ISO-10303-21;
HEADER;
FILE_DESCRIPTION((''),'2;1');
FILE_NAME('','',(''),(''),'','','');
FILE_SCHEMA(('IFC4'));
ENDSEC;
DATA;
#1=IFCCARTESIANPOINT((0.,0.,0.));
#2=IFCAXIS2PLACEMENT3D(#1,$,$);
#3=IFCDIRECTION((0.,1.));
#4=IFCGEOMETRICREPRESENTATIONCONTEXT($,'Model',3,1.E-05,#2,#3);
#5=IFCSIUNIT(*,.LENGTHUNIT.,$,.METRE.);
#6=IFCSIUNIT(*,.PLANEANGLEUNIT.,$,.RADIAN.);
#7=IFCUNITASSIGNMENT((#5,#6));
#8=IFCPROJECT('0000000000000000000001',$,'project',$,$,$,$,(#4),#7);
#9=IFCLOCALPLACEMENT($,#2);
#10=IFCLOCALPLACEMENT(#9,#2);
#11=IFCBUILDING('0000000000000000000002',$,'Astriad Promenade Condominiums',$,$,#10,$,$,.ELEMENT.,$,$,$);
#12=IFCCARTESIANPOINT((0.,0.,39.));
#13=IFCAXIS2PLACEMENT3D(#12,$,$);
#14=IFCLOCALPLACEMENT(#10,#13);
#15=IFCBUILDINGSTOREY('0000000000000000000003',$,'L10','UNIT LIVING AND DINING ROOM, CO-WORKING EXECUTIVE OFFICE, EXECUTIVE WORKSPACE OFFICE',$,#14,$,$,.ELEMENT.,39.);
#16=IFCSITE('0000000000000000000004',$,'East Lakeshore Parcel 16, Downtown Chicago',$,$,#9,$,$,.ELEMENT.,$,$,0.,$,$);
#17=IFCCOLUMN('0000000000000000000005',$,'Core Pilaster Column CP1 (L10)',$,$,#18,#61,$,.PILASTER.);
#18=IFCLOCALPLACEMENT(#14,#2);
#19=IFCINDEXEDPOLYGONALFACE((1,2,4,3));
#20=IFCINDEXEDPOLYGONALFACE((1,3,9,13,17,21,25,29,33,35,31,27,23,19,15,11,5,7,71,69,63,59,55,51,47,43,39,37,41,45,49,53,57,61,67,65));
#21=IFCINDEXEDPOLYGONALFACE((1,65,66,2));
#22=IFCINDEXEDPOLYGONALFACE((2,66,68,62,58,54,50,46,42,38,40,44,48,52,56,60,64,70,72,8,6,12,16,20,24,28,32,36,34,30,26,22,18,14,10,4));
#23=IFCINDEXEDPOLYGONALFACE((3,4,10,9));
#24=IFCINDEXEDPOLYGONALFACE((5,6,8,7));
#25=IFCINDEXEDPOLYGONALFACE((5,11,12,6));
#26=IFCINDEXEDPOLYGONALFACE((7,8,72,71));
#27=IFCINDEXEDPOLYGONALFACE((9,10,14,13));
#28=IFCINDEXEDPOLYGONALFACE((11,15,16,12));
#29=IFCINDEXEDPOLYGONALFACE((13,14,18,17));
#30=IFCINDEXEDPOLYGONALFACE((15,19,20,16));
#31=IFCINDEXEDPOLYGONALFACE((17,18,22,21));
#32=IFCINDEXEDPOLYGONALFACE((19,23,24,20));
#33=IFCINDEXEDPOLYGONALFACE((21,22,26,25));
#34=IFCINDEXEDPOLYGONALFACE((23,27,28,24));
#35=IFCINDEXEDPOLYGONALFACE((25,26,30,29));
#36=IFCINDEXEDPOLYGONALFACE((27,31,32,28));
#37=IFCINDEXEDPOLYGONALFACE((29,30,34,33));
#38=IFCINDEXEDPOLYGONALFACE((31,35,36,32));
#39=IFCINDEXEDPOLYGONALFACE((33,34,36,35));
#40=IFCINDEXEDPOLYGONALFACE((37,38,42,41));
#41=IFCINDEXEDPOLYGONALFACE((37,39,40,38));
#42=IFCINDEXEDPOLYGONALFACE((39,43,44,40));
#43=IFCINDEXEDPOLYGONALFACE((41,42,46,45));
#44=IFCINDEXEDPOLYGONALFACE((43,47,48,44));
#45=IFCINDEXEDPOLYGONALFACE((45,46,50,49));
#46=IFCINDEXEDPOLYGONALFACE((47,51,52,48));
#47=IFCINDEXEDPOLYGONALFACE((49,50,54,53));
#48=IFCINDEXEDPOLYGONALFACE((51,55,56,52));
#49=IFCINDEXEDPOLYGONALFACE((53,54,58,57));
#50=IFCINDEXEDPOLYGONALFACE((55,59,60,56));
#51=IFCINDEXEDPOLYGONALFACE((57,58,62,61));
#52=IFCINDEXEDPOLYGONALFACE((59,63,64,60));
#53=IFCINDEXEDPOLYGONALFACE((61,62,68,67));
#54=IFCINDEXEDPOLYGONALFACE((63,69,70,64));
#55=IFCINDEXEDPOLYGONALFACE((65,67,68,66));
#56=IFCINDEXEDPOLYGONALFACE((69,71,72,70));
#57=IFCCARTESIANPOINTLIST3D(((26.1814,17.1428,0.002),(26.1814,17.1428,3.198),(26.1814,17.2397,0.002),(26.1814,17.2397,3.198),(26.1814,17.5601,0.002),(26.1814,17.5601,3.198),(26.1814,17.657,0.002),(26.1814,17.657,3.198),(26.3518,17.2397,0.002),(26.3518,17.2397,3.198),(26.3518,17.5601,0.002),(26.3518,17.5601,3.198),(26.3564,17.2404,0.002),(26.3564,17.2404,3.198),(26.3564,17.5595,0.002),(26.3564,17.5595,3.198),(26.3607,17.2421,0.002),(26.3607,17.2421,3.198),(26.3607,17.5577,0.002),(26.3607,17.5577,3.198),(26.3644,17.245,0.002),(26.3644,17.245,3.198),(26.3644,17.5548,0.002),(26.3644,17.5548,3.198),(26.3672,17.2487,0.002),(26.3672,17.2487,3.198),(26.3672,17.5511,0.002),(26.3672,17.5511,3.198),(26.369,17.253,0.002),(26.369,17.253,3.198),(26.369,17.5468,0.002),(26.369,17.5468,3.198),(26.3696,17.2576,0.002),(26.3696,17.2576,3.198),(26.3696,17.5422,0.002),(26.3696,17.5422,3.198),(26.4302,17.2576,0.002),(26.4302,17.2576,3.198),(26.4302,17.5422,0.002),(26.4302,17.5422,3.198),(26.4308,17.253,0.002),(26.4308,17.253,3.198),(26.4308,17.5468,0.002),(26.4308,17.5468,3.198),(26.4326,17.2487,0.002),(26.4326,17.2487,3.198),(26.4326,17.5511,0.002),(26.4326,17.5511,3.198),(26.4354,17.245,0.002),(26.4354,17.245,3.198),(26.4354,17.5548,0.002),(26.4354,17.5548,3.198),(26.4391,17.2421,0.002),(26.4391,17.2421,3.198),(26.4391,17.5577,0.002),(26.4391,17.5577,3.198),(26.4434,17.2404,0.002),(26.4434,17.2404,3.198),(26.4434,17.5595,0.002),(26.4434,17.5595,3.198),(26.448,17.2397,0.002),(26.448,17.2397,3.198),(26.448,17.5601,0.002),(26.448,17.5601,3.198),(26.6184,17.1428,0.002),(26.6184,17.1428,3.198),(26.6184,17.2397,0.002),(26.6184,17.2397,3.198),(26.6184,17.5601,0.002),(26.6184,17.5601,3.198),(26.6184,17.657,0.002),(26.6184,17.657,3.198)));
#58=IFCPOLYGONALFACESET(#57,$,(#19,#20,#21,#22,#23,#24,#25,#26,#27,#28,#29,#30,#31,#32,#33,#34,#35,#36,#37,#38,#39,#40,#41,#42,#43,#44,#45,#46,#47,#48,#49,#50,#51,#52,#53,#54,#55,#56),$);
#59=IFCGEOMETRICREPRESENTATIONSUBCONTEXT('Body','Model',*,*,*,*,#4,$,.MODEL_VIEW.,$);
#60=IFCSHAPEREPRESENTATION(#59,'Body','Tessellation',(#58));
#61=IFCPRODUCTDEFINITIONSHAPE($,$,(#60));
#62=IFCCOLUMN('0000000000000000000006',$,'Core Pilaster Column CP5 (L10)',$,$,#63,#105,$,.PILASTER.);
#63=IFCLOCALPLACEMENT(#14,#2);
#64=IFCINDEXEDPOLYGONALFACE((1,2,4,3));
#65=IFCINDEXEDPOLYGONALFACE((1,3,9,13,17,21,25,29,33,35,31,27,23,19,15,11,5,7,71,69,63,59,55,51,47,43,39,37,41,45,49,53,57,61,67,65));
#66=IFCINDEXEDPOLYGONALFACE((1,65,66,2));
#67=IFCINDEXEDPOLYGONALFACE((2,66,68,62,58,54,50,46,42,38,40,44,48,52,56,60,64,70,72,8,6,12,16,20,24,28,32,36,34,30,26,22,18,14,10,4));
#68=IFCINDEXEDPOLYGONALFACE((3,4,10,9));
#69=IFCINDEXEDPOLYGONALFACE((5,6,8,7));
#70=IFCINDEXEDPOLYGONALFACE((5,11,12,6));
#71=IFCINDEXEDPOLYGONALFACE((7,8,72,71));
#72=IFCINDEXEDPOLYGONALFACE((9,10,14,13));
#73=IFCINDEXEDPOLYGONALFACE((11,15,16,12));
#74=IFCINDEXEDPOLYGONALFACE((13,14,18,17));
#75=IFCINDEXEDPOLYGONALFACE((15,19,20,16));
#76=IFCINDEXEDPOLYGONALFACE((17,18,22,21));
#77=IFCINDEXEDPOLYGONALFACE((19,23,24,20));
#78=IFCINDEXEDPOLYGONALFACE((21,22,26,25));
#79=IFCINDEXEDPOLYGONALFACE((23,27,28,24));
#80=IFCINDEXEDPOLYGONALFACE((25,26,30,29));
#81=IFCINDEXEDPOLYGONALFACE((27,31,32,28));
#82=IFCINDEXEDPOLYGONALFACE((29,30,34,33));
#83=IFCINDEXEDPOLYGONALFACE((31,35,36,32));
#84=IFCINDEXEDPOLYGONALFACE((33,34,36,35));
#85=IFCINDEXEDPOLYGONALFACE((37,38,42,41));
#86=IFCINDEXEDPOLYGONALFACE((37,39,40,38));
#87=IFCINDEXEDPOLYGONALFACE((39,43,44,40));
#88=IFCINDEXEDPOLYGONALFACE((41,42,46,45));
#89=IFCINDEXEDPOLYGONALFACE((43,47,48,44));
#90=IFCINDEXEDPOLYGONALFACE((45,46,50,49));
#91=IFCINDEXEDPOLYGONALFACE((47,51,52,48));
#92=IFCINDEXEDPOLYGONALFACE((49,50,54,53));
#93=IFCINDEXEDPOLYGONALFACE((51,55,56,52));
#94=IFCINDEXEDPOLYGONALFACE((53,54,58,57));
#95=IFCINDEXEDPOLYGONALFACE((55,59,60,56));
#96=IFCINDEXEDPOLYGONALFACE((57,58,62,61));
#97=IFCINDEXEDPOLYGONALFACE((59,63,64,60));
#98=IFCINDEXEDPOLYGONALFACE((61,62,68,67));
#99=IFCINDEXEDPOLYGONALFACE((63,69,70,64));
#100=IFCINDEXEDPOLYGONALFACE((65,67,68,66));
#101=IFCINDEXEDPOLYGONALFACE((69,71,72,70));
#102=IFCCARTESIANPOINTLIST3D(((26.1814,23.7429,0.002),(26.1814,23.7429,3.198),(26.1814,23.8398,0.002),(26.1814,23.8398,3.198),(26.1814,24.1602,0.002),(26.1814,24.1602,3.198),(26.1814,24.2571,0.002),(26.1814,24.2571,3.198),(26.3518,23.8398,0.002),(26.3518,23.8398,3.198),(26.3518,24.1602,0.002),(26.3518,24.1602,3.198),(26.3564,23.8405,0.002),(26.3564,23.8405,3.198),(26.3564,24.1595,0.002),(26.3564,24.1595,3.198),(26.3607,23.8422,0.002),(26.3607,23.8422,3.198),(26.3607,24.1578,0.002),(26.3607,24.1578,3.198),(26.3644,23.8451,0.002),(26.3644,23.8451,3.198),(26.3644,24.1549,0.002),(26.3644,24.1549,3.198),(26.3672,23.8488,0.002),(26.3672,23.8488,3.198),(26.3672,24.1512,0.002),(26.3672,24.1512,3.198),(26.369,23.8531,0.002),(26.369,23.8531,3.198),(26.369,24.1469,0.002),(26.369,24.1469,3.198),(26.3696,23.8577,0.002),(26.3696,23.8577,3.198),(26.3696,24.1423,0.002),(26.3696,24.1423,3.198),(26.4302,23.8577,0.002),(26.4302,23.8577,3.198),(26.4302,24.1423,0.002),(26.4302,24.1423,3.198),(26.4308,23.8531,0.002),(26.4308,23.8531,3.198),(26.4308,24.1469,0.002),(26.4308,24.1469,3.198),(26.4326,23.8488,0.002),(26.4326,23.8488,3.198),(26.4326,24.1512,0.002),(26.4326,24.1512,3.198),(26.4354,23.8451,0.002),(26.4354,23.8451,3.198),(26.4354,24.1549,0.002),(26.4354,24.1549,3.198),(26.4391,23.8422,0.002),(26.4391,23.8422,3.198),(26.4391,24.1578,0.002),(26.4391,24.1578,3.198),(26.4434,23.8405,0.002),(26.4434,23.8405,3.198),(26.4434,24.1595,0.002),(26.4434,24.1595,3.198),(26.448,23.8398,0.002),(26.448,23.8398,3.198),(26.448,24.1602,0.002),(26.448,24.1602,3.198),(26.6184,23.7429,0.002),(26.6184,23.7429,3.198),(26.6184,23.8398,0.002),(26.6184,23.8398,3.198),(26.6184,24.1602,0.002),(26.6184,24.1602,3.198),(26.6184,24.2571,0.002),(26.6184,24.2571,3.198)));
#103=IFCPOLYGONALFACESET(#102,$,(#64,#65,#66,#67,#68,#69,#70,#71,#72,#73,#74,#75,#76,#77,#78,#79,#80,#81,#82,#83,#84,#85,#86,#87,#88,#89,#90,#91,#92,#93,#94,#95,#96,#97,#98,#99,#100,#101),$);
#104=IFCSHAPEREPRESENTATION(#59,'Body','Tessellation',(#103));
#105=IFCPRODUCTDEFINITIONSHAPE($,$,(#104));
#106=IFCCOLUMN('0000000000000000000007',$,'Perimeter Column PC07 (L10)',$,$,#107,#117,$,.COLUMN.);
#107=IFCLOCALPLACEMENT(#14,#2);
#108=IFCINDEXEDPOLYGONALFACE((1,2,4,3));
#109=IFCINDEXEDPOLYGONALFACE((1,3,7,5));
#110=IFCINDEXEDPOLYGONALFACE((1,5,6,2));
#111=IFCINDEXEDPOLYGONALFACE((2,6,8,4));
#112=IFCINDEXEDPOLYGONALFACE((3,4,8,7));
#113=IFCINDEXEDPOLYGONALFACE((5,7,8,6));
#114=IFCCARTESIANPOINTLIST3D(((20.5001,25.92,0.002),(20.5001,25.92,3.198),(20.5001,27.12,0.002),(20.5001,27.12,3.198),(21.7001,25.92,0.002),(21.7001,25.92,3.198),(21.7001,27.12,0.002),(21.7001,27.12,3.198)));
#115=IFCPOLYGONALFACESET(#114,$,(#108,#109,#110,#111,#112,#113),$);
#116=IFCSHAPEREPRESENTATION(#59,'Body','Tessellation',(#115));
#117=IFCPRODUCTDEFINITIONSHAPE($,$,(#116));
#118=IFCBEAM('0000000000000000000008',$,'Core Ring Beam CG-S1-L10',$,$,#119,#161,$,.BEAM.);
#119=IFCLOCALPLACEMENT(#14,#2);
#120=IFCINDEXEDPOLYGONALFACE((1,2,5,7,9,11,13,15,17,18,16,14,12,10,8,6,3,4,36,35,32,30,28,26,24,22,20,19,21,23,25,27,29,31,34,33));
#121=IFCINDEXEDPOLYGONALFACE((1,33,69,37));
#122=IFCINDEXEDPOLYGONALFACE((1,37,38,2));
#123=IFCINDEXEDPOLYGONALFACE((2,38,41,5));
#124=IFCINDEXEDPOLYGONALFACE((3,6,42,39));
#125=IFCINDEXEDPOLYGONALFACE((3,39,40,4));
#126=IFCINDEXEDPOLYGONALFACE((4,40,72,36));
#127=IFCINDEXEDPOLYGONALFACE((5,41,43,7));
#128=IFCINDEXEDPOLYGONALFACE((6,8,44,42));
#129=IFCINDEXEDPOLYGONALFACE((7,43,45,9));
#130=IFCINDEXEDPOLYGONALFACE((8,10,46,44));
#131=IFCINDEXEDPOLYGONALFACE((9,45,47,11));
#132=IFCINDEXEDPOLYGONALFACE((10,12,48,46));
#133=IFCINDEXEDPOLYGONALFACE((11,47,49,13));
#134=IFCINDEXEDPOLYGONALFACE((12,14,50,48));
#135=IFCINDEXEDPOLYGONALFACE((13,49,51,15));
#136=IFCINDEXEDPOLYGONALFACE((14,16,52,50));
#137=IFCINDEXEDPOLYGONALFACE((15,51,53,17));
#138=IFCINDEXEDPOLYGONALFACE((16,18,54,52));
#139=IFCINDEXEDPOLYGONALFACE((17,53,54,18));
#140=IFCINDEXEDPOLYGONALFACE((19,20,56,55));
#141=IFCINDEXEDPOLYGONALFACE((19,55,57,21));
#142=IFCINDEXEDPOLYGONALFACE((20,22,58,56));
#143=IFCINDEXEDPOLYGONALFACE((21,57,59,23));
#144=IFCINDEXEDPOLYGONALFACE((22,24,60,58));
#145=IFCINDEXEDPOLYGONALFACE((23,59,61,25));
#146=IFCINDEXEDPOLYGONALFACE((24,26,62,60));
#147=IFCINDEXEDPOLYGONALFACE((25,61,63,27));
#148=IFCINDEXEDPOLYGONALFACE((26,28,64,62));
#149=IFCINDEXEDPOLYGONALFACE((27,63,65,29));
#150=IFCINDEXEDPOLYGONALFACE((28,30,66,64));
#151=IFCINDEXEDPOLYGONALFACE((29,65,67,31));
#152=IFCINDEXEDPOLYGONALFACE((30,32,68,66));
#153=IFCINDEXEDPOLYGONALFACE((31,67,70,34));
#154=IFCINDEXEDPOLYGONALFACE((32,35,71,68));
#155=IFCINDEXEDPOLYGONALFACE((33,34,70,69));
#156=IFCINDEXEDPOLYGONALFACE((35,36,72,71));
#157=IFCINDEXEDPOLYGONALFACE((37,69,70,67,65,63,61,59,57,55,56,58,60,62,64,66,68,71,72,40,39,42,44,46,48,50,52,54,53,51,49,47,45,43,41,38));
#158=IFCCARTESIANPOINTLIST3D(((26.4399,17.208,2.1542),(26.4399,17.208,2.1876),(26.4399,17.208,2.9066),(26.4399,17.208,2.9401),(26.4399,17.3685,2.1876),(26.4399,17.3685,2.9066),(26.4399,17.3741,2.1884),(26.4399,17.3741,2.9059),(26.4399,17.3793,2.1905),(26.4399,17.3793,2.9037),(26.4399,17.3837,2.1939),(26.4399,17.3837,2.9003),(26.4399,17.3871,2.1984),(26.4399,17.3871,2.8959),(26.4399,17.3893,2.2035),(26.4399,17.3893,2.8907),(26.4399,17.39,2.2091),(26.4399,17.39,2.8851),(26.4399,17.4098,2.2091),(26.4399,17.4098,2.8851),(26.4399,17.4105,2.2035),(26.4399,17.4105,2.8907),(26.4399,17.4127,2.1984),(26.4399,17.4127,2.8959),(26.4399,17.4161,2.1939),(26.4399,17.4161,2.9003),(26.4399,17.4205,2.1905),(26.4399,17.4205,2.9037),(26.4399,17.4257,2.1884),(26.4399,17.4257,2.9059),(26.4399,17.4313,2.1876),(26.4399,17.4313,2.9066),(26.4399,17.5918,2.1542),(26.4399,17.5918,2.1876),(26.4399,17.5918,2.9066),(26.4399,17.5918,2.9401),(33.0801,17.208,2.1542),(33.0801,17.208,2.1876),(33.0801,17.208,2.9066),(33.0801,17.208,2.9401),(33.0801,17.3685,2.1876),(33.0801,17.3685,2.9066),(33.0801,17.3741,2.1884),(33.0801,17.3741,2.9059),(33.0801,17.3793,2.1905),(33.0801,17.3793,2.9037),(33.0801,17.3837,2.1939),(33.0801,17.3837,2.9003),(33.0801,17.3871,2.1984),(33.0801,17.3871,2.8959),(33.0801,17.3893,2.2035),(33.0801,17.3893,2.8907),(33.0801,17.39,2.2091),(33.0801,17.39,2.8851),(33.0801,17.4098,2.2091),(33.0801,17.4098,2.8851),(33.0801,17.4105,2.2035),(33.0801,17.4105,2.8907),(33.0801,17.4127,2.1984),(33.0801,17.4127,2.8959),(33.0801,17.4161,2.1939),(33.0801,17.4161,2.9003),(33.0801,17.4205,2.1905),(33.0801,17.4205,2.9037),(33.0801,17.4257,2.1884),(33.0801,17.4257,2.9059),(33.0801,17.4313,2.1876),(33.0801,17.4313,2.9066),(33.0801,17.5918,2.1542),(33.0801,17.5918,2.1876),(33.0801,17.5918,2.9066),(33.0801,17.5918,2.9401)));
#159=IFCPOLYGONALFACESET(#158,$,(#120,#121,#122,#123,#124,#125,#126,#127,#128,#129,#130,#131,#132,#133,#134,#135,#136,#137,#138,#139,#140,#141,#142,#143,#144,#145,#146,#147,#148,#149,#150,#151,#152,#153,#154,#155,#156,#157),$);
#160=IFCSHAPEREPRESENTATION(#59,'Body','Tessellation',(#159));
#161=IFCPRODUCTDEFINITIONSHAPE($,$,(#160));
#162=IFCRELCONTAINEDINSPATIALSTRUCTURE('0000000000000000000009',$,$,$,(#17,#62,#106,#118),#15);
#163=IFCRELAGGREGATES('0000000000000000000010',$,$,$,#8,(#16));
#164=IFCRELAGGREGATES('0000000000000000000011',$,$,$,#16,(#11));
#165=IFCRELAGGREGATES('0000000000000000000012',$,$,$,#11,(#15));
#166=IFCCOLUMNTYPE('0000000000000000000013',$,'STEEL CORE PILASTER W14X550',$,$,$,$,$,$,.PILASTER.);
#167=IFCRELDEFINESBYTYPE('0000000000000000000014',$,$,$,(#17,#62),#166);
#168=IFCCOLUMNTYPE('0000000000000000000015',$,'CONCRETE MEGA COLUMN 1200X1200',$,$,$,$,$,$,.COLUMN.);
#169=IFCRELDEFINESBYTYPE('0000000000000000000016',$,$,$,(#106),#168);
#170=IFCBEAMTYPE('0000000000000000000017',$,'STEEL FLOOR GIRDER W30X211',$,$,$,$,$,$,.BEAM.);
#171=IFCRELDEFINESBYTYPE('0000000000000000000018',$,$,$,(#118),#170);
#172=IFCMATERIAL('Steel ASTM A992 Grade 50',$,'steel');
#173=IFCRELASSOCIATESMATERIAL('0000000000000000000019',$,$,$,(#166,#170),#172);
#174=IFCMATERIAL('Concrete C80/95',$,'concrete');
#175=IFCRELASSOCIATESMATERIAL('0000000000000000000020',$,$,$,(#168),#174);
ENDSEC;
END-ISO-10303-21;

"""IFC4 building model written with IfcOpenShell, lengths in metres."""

from ifc_helpers import new_model, si_unit, direction, frame, origin, origin_2d, place, context, subcontext, project, spatial, rectangle, i_section, extrude, source, transform, mapped, material, material_profile, profile_set, type_object, type_shapes, element, save


model = new_model("IFC4")

# Units and contexts
model_context = context("Model", 3, precision=1e-05, world=origin(), true_north=direction((0.0, 1.0)))
body_context = subcontext(model_context, "Body", "Model", "MODEL_VIEW")
ifc_project = project(units=[si_unit("LENGTHUNIT", "METRE"), si_unit("PLANEANGLEUNIT", "RADIAN")], contexts=[model_context])

# Site, building, storey
site_placement = place(None, origin())
site = spatial("IfcSite", under=ifc_project, at=site_placement, Name="East Lakeshore Parcel 16, Downtown Chicago", CompositionType="ELEMENT", RefElevation=0.0)
building_placement = place(site_placement, origin())
building = spatial("IfcBuilding", under=site, at=building_placement, Name="Astriad Promenade Condominiums", CompositionType="ELEMENT")
storey_placement = place(building_placement, frame((0.0, 0.0, 39.0)))
storey = spatial("IfcBuildingStorey", under=building, at=storey_placement, Name="L10", Description="UNIT LIVING AND DINING ROOM, CO-WORKING EXECUTIVE OFFICE, EXECUTIVE WORKSPACE OFFICE", CompositionType="ELEMENT", Elevation=39.0)

# Columns
ifc_material_1 = material(Name="Steel ASTM A992 Grade 50", Category="steel")
ifc_material_profile_1 = material_profile(ifc_material_1, i_section(OverallWidth=0.437, OverallDepth=0.5142, WebThickness=0.0605, FlangeThickness=0.0969, FilletRadius=0.0178, at=origin_2d()), Name="W14X550")
ifc_profile_set_1 = profile_set([ifc_material_profile_1], Name="Steel ASTM A992 Grade 50")
column_type_1 = type_object("IfcColumnType", Name="STEEL CORE PILASTER W14X550", PredefinedType="PILASTER", material=ifc_profile_set_1)
shared_shape_1 = source(origin(), body_context, "Body", "SweptSolid", [
    extrude(i_section(OverallWidth=0.437, OverallDepth=0.5142, WebThickness=0.0605, FlangeThickness=0.0969, FilletRadius=0.0178, at=origin_2d()), origin(), (0.0, 0.0, 1.0), 3.196),
])
type_shapes(column_type_1, [shared_shape_1])
for number, where, z_axis, x_axis, name in (
    (1, (26.3999, 17.3999, 0.002), (0.0, 0.0, 1.0), (1.0, 0.0, 0.0), "Core Pilaster Column CP1 (L10)"),
    (2, (26.3999, 24.0, 0.002), (0.0, 0.0, 1.0), (1.0, 0.0, 0.0), "Core Pilaster Column CP5 (L10)"),
):
    element("IfcColumn", number, at=place(storey_placement, frame(where, z_axis=z_axis, x_axis=x_axis)), inside=storey, type_object=column_type_1, Name=name, PredefinedType="PILASTER", context=body_context, shape_type="MappedRepresentation", body=[
        mapped(shared_shape_1, transform((0.0, 0.0, 0.0), scale=1.0)),
    ])
ifc_material_2 = material(Name="Concrete C80/95", Category="concrete")
ifc_material_profile_2 = material_profile(ifc_material_2, rectangle(XDim=1.2, YDim=1.2, at=origin_2d()), Name="RC-COL-1200X1200")
ifc_profile_set_2 = profile_set([ifc_material_profile_2], Name="Concrete C80/95")
column_type_2 = type_object("IfcColumnType", Name="CONCRETE MEGA COLUMN 1200X1200", PredefinedType="COLUMN", material=ifc_profile_set_2)
shared_shape_2 = source(origin(), body_context, "Body", "SweptSolid", [
    extrude(rectangle(XDim=1.2, YDim=1.2, at=origin_2d()), origin(), (0.0, 0.0, 1.0), 3.196),
])
type_shapes(column_type_2, [shared_shape_2])
column_placement = place(storey_placement, frame((21.1001, 26.52, 0.002), z_axis=(0.0, 0.0, 1.0), x_axis=(1.0, 0.0, 0.0)))
element("IfcColumn", 3, at=column_placement, inside=storey, type_object=column_type_2, Name="Perimeter Column PC07 (L10)", PredefinedType="COLUMN", context=body_context, shape_type="MappedRepresentation", body=[
    mapped(shared_shape_2, transform((0.0, 0.0, 0.0), scale=1.0)),
])

# Beam
ifc_material_profile_3 = material_profile(ifc_material_1, i_section(OverallWidth=0.3838, OverallDepth=0.7859, WebThickness=0.0198, FlangeThickness=0.0334, FilletRadius=0.0215, at=origin_2d()), Name="W30X211")
ifc_profile_set_3 = profile_set([ifc_material_profile_3], Name="Steel ASTM A992 Grade 50")
beam_type_1 = type_object("IfcBeamType", Name="STEEL FLOOR GIRDER W30X211", PredefinedType="BEAM", material=ifc_profile_set_3)
shared_shape_3 = source(origin(), body_context, "Body", "SweptSolid", [
    extrude(i_section(OverallWidth=0.3838, OverallDepth=0.7859, WebThickness=0.0198, FlangeThickness=0.0334, FilletRadius=0.0215, at=origin_2d()), origin(), (0.0, 0.0, 1.0), 6.6401),
])
type_shapes(beam_type_1, [shared_shape_3])
beam_1_placement = place(storey_placement, frame((26.4399, 17.3999, 2.5471), z_axis=(1.0, 0.0, 0.0), x_axis=(0.0, 1.0, 0.0)))
element("IfcBeam", 4, at=beam_1_placement, inside=storey, type_object=beam_type_1, Name="Core Ring Beam CG-S1-L10", PredefinedType="BEAM", context=body_context, shape_type="MappedRepresentation", body=[
    mapped(shared_shape_3, transform((0.0, 0.0, 0.0), scale=1.0)),
])

save(model, "model.ifc")
